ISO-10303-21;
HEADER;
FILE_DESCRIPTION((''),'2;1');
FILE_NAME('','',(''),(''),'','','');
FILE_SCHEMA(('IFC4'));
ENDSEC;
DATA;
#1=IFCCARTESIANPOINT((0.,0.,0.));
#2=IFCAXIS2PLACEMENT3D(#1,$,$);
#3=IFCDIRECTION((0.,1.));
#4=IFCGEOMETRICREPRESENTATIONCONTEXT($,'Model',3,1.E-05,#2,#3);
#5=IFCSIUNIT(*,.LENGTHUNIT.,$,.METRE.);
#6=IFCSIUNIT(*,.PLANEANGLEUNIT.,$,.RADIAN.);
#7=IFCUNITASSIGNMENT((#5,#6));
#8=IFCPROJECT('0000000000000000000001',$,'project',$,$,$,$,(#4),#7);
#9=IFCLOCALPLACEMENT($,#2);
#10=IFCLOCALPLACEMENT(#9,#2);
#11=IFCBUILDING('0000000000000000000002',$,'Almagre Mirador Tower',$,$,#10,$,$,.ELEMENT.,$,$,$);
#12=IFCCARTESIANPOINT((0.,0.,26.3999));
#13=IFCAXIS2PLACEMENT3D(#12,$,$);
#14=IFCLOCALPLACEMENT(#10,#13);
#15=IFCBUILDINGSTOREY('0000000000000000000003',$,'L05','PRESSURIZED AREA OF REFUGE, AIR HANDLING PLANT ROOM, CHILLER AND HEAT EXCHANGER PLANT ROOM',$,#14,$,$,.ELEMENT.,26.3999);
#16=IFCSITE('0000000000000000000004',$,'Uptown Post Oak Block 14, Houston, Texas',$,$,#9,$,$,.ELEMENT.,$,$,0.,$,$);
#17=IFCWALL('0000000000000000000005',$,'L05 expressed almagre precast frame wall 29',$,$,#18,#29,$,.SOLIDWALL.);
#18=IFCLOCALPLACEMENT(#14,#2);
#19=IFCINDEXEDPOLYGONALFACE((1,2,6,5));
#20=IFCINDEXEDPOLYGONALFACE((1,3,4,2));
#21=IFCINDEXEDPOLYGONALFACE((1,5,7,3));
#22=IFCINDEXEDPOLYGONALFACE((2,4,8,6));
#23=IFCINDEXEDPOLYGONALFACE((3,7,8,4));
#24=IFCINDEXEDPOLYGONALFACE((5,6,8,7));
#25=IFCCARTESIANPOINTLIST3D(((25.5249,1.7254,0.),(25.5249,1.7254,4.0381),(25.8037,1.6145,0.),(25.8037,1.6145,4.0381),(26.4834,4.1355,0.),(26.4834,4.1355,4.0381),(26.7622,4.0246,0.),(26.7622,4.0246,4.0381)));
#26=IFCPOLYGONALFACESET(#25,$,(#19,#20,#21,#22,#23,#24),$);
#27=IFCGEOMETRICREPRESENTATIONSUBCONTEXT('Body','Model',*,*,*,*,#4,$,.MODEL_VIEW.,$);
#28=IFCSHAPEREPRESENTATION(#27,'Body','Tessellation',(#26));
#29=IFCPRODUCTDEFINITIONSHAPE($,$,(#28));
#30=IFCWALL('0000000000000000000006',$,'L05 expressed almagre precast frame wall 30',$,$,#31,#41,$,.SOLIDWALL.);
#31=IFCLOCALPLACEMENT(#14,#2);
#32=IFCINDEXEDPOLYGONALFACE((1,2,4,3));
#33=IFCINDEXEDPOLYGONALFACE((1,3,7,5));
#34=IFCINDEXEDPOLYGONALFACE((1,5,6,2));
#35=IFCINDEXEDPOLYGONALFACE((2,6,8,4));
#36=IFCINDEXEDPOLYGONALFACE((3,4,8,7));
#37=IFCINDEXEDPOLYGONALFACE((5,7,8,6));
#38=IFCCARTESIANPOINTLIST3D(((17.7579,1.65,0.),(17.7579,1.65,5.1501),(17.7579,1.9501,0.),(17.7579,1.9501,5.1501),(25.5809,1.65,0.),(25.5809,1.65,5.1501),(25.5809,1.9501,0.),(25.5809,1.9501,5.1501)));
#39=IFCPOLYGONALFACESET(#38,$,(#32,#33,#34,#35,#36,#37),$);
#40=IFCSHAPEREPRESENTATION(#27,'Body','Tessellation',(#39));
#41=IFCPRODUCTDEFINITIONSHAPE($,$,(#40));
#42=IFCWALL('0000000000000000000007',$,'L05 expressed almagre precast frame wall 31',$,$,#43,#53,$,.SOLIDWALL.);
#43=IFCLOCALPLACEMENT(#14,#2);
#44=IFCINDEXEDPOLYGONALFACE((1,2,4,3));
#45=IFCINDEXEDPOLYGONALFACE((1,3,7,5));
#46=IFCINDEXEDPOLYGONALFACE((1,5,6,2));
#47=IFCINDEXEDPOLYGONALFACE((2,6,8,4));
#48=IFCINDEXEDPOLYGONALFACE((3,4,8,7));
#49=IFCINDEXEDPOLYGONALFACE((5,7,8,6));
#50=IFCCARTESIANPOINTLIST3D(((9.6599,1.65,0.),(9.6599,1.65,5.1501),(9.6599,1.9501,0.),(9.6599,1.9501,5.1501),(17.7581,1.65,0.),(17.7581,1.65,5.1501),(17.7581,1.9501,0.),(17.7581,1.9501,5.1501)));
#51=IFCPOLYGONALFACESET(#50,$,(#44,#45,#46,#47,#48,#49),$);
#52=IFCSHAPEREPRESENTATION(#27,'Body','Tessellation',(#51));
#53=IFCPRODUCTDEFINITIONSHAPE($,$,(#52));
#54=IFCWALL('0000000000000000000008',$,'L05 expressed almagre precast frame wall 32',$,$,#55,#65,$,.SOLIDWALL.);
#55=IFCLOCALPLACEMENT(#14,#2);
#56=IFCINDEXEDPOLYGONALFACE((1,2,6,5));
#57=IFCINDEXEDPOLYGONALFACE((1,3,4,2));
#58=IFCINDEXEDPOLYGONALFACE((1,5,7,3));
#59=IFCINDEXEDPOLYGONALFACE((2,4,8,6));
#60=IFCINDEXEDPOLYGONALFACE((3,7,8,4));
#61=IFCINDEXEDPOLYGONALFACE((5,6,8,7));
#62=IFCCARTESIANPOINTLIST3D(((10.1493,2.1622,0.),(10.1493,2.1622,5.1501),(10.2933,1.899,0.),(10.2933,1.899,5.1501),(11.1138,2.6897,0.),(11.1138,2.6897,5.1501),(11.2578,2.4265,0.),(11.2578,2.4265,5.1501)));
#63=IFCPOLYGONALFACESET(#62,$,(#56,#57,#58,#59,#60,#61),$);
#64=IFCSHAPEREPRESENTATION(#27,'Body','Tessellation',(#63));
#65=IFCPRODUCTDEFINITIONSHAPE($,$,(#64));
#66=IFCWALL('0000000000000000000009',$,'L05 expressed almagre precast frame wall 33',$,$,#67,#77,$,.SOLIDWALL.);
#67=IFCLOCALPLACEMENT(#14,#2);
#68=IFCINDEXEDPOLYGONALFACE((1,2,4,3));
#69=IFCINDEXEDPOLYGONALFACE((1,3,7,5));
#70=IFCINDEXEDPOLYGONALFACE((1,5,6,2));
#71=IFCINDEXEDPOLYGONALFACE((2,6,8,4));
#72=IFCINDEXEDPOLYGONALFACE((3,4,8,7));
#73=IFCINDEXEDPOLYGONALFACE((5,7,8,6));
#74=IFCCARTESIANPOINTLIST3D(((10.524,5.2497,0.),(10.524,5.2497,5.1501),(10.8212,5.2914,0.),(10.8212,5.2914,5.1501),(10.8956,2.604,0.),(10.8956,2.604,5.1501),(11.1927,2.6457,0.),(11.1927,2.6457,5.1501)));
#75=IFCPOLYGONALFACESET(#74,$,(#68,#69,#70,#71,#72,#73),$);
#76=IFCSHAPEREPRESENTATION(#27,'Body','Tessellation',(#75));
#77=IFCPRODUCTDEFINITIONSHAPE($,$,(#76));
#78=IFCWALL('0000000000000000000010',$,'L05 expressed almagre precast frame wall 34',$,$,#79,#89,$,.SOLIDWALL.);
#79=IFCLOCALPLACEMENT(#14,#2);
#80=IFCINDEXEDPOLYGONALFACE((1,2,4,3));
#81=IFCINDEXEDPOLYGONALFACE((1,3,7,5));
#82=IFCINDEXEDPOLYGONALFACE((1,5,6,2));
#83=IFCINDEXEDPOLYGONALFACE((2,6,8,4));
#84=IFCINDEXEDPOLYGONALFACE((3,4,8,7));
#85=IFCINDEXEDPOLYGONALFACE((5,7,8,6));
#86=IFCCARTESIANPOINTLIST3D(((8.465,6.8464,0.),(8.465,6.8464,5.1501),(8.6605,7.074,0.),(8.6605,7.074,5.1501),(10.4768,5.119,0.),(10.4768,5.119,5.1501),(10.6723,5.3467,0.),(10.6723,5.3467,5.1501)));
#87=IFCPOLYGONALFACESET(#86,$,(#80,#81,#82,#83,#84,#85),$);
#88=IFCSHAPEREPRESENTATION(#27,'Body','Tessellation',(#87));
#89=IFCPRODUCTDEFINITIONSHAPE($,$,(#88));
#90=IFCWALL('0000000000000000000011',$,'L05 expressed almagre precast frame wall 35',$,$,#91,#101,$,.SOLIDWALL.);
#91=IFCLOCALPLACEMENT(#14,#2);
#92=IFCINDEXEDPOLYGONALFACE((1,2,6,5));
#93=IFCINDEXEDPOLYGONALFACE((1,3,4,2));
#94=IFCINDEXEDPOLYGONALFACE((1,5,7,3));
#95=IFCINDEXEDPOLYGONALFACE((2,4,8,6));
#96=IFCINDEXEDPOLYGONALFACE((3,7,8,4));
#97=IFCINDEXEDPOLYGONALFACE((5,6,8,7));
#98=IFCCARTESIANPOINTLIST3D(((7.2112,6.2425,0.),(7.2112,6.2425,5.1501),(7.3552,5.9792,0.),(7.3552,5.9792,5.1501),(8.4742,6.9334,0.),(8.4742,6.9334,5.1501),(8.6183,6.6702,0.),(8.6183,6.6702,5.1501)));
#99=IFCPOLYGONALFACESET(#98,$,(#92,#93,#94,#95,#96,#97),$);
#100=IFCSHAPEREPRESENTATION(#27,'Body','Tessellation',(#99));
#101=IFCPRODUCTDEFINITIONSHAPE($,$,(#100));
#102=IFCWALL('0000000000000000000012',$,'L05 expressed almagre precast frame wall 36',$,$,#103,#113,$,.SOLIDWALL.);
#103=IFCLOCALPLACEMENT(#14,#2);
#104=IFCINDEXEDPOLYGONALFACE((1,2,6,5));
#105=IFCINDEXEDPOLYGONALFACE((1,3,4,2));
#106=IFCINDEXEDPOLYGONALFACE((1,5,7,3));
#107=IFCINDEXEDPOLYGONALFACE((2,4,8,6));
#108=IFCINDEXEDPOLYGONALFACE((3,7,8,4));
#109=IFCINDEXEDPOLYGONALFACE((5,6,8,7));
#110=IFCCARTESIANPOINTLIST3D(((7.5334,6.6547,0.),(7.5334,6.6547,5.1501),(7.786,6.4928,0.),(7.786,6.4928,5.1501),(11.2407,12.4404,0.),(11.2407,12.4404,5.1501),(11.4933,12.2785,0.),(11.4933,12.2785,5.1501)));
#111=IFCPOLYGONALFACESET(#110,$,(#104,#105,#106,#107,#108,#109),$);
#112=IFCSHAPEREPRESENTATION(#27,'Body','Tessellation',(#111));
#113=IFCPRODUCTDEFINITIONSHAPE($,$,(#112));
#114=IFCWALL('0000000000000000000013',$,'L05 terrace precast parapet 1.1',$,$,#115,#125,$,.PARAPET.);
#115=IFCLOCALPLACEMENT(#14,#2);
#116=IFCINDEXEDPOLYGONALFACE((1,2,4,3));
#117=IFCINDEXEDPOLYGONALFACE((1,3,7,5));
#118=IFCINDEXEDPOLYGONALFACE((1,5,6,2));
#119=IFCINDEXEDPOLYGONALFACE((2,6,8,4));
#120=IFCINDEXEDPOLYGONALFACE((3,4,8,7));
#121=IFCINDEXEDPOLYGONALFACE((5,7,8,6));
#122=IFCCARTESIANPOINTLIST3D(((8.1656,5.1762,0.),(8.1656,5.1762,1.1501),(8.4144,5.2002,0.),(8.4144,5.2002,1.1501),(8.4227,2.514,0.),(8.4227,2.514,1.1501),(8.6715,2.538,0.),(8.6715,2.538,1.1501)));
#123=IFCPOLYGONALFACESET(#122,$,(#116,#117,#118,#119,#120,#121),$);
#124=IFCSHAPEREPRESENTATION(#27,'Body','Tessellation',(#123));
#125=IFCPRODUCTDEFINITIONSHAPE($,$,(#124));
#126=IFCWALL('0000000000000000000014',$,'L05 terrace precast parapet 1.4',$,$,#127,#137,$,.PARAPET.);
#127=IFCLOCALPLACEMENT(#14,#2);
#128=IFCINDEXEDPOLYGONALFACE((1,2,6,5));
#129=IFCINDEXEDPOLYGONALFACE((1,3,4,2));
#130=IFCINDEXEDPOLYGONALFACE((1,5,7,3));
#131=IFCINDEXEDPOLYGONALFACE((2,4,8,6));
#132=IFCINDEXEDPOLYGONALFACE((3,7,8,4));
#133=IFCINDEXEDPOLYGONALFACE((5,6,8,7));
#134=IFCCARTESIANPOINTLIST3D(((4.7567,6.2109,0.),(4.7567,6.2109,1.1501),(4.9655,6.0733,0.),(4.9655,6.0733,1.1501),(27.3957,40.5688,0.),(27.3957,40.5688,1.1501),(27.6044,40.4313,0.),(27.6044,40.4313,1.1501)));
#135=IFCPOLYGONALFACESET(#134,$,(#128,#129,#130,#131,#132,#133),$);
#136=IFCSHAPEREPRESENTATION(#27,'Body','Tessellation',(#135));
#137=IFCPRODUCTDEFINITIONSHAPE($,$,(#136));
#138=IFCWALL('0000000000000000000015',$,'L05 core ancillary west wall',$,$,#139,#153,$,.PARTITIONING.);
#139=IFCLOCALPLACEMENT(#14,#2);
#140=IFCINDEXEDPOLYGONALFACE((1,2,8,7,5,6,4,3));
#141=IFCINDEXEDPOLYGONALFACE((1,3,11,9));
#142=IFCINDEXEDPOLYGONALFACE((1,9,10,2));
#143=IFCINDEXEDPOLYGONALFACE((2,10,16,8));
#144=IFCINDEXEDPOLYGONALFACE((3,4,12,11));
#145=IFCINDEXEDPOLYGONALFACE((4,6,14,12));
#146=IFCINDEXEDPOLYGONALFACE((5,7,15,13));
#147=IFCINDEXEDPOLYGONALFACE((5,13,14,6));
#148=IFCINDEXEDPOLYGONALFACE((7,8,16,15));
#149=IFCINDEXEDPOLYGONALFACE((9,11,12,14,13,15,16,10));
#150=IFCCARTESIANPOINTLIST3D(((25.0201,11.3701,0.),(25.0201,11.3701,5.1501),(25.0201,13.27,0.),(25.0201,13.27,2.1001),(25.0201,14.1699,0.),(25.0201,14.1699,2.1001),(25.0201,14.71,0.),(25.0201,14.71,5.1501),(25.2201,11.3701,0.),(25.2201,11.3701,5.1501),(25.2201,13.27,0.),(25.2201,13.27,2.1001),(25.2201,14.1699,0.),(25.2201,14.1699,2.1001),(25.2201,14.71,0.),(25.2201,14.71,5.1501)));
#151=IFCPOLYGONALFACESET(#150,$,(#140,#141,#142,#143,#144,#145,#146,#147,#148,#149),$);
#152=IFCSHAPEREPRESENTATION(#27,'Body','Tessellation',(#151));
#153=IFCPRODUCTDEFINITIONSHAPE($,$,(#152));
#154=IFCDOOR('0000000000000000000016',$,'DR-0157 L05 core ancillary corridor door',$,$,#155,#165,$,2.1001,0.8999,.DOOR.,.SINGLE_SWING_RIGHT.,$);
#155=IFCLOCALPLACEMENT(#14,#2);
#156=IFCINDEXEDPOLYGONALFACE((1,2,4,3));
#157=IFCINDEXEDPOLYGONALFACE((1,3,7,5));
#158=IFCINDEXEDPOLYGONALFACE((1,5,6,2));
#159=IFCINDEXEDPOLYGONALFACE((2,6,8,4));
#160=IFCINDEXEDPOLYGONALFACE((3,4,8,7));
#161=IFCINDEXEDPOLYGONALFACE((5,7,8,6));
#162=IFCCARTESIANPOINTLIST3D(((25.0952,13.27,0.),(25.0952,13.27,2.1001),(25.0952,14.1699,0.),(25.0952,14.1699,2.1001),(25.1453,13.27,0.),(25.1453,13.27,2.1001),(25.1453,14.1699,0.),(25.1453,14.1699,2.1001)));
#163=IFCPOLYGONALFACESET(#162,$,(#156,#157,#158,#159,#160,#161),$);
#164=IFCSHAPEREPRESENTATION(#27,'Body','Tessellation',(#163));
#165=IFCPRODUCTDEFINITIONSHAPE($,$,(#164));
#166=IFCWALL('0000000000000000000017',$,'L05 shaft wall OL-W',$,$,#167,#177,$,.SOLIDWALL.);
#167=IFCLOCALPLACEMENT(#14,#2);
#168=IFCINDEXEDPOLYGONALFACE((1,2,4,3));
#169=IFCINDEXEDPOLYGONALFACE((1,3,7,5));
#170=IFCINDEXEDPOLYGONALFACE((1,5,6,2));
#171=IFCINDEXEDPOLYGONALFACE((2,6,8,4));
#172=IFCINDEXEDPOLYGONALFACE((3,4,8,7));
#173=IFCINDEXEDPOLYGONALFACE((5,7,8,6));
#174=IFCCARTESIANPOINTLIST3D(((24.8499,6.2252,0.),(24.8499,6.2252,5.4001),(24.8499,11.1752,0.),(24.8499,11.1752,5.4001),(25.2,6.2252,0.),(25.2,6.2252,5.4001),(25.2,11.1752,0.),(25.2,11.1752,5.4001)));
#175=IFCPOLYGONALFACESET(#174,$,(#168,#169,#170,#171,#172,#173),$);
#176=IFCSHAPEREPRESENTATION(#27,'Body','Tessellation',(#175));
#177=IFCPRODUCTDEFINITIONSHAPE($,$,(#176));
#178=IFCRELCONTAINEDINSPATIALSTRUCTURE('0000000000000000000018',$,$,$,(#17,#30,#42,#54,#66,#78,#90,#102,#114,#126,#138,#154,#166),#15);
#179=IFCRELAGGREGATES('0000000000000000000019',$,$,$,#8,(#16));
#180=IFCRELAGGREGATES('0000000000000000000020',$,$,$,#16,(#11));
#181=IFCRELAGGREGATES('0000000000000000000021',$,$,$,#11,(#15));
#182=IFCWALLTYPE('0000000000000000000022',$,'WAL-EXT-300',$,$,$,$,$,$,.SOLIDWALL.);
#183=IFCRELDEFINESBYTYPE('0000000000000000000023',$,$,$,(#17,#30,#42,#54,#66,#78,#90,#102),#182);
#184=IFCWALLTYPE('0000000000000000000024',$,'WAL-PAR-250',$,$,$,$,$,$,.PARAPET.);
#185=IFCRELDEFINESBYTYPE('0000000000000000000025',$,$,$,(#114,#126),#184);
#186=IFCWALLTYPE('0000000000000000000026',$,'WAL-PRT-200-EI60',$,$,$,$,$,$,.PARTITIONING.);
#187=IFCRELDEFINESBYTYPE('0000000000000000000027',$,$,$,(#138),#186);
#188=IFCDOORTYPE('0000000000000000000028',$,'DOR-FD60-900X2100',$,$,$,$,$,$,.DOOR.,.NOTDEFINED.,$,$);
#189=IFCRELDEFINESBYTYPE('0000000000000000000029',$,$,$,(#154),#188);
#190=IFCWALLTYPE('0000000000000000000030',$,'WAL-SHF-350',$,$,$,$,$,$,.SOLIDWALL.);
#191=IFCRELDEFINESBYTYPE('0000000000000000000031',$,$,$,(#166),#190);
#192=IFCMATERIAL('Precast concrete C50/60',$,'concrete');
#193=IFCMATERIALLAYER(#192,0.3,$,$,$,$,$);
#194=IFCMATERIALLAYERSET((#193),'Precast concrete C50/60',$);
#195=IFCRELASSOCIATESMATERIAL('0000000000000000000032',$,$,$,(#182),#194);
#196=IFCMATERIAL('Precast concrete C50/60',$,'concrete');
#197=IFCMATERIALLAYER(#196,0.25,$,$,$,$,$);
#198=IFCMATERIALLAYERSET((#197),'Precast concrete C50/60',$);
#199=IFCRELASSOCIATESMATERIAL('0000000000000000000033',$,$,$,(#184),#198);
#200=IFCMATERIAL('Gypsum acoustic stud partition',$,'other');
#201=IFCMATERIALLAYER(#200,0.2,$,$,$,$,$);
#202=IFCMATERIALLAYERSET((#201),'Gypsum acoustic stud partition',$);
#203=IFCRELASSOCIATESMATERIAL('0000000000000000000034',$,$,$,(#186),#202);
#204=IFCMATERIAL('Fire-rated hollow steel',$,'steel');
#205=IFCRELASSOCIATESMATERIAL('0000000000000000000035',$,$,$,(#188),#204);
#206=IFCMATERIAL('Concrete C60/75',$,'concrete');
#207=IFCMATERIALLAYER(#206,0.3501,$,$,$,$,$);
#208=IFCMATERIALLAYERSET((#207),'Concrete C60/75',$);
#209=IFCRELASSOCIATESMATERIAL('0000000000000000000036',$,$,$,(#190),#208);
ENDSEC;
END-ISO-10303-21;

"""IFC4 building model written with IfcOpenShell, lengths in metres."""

from ifc_helpers import new_model, si_unit, direction, frame, frame_2d, origin, place, context, subcontext, project, spatial, rectangle, extrude, material, layer, layer_set, type_object, element, fill, save


model = new_model("IFC4")

# Units and contexts
model_context = context("Model", 3, precision=1e-05, world=origin(), true_north=direction((0.0, 1.0)))
body_context = subcontext(model_context, "Body", "Model", "MODEL_VIEW")
ifc_project = project(units=[si_unit("LENGTHUNIT", "METRE"), si_unit("PLANEANGLEUNIT", "RADIAN")], contexts=[model_context])

# Site, building, storey
site_placement = place(None, origin())
site = spatial("IfcSite", under=ifc_project, at=site_placement, Name="Uptown Post Oak Block 14, Houston, Texas", CompositionType="ELEMENT", RefElevation=0.0)
building_placement = place(site_placement, origin())
building = spatial("IfcBuilding", under=site, at=building_placement, Name="Almagre Mirador Tower", CompositionType="ELEMENT")
storey_placement = place(building_placement, frame((0.0, 0.0, 26.3999)))
storey = spatial("IfcBuildingStorey", under=building, at=storey_placement, Name="L05", Description="PRESSURIZED AREA OF REFUGE, AIR HANDLING PLANT ROOM, CHILLER AND HEAT EXCHANGER PLANT ROOM", CompositionType="ELEMENT", Elevation=26.3999)

# Walls
ifc_material_1 = material(Name="Precast concrete C50/60", Category="concrete")
ifc_layer_1 = layer(ifc_material_1, 0.3)
ifc_layer_set_1 = layer_set([ifc_layer_1], Name="Precast concrete C50/60")
wall_type_1 = type_object("IfcWallType", Name="WAL-EXT-300", PredefinedType="SOLIDWALL", material=ifc_layer_set_1)
wall_1_placement = place(storey_placement, frame((26.6228, 4.0801, 0.0), z_axis=(0.0, 0.0, 1.0), x_axis=(-0.36954, -0.929215, 0.0)))
element("IfcWall", 1, at=wall_1_placement, inside=storey, type_object=wall_type_1, Name="L05 expressed almagre precast frame wall 29", PredefinedType="SOLIDWALL", context=body_context, shape_type="SweptSolid", body=[
    extrude(rectangle(XDim=2.5938, YDim=0.3, at=frame_2d((1.2969, 0.0))), origin(), (0.0, 0.0, 1.0), 4.0381),
])
wall_2_placement = place(storey_placement, frame((25.5811, 1.8, 0.0), z_axis=(0.0, 0.0, 1.0), x_axis=(-1.0, 0.0, 0.0)))
element("IfcWall", 2, at=wall_2_placement, inside=storey, type_object=wall_type_1, Name="L05 expressed almagre precast frame wall 30", PredefinedType="SOLIDWALL", context=body_context, shape_type="SweptSolid", body=[
    extrude(rectangle(XDim=7.823, YDim=0.3, at=frame_2d((3.9116, 0.0))), origin(), (0.0, 0.0, 1.0), 5.1501),
])
wall_3_placement = place(storey_placement, frame((17.7581, 1.8, 0.0), z_axis=(0.0, 0.0, 1.0), x_axis=(-1.0, 0.0, 0.0)))
element("IfcWall", 3, at=wall_3_placement, inside=storey, type_object=wall_type_1, Name="L05 expressed almagre precast frame wall 31", PredefinedType="SOLIDWALL", context=body_context, shape_type="SweptSolid", body=[
    extrude(rectangle(XDim=8.0981, YDim=0.3, at=frame_2d((4.0491, 0.0))), origin(), (0.0, 0.0, 1.0), 5.1501),
])
wall_4_placement = place(storey_placement, frame((10.2212, 2.0305, 0.0), z_axis=(0.0, 0.0, 1.0), x_axis=(0.877343, 0.479863, 0.0)))
element("IfcWall", 4, at=wall_4_placement, inside=storey, type_object=wall_type_1, Name="L05 expressed almagre precast frame wall 32", PredefinedType="SOLIDWALL", context=body_context, shape_type="SweptSolid", body=[
    extrude(rectangle(XDim=1.0994, YDim=0.3, at=frame_2d((0.5498, 0.0))), origin(), (0.0, 0.0, 1.0), 5.1501),
])
wall_5_placement = place(storey_placement, frame((11.0442, 2.6248, 0.0), z_axis=(0.0, 0.0, 1.0), x_axis=(-0.13908, 0.990281, 0.0)))
element("IfcWall", 5, at=wall_5_placement, inside=storey, type_object=wall_type_1, Name="L05 expressed almagre precast frame wall 33", PredefinedType="SOLIDWALL", context=body_context, shape_type="SweptSolid", body=[
    extrude(rectangle(XDim=2.6716, YDim=0.3, at=frame_2d((1.3359, 0.0))), origin(), (0.0, 0.0, 1.0), 5.1501),
])
wall_6_placement = place(storey_placement, frame((10.5745, 5.2329, 0.0), z_axis=(0.0, 0.0, 1.0), x_axis=(-0.758704, 0.651436, 0.0)))
element("IfcWall", 6, at=wall_6_placement, inside=storey, type_object=wall_type_1, Name="L05 expressed almagre precast frame wall 34", PredefinedType="SOLIDWALL", context=body_context, shape_type="SweptSolid", body=[
    extrude(rectangle(XDim=2.6516, YDim=0.3, at=frame_2d((1.3257, 0.0))), origin(), (0.0, 0.0, 1.0), 5.1501),
])
wall_7_placement = place(storey_placement, frame((8.5461, 6.8018, 0.0), z_axis=(0.0, 0.0, 1.0), x_axis=(-0.877299, -0.479945, 0.0)))
element("IfcWall", 7, at=wall_7_placement, inside=storey, type_object=wall_type_1, Name="L05 expressed almagre precast frame wall 35", PredefinedType="SOLIDWALL", context=body_context, shape_type="SweptSolid", body=[
    extrude(rectangle(XDim=1.4397, YDim=0.3, at=frame_2d((0.7197, 0.0))), origin(), (0.0, 0.0, 1.0), 5.1501),
])
wall_8_placement = place(storey_placement, frame((7.6597, 6.5737, 0.0), z_axis=(0.0, 0.0, 1.0), x_axis=(0.539514, 0.841976, 0.0)))
element("IfcWall", 8, at=wall_8_placement, inside=storey, type_object=wall_type_1, Name="L05 expressed almagre precast frame wall 36", PredefinedType="SOLIDWALL", context=body_context, shape_type="SweptSolid", body=[
    extrude(rectangle(XDim=6.8716, YDim=0.3, at=frame_2d((3.4358, 0.0))), origin(), (0.0, 0.0, 1.0), 5.1501),
])
ifc_material_2 = material(Name="Precast concrete C50/60", Category="concrete")
ifc_layer_2 = layer(ifc_material_2, 0.25)
ifc_layer_set_2 = layer_set([ifc_layer_2], Name="Precast concrete C50/60")
wall_type_2 = type_object("IfcWallType", Name="WAL-PAR-250", PredefinedType="PARAPET", material=ifc_layer_set_2)
wall_9_placement = place(storey_placement, frame((8.5471, 2.5259, 0.0), z_axis=(0.0, 0.0, 1.0), x_axis=(-0.096123, 0.995369, 0.0)))
element("IfcWall", 9, at=wall_9_placement, inside=storey, type_object=wall_type_2, Name="L05 terrace precast parapet 1.1", PredefinedType="PARAPET", context=body_context, shape_type="SweptSolid", body=[
    extrude(rectangle(XDim=2.6746, YDim=0.25, at=frame_2d((1.3374, 0.0))), origin(), (0.0, 0.0, 1.0), 1.1501),
])
wall_10_placement = place(storey_placement, frame((4.8611, 6.1421, 0.0), z_axis=(0.0, 0.0, 1.0), x_axis=(0.550211, 0.835026, 0.0)))
element("IfcWall", 10, at=wall_10_placement, inside=storey, type_object=wall_type_2, Name="L05 terrace precast parapet 1.4", PredefinedType="PARAPET", context=body_context, shape_type="SweptSolid", body=[
    extrude(rectangle(XDim=41.146, YDim=0.25, at=frame_2d((20.573, 0.0))), origin(), (0.0, 0.0, 1.0), 1.1501),
])

# Wall, opening, door
ifc_material_3 = material(Name="Gypsum acoustic stud partition", Category="other")
ifc_layer_3 = layer(ifc_material_3, 0.2)
ifc_layer_set_3 = layer_set([ifc_layer_3], Name="Gypsum acoustic stud partition")
wall_type_3 = type_object("IfcWallType", Name="WAL-PRT-200-EI60", PredefinedType="PARTITIONING", material=ifc_layer_set_3)
wall_11_placement = place(storey_placement, frame((25.1201, 11.3701, 0.0), z_axis=(0.0, 0.0, 1.0), x_axis=(0.0, 1.0, 0.0)))
wall_11 = element("IfcWall", 11, at=wall_11_placement, inside=storey, type_object=wall_type_3, Name="L05 core ancillary west wall", PredefinedType="PARTITIONING", context=body_context, shape_type="SweptSolid", body=[
    extrude(rectangle(XDim=3.3398, YDim=0.2, at=frame_2d((1.6699, 0.0))), origin(), (0.0, 0.0, 1.0), 5.1501),
])
opening_placement = place(wall_11_placement, frame((1.8999, 0.0, 0.0)))
opening = element("IfcOpeningElement", 12, at=opening_placement, cuts=wall_11, PredefinedType="OPENING", context=body_context, shape_type="SweptSolid", body=[
    extrude(rectangle(XDim=0.8999, YDim=2.1001, at=frame_2d((0.45, 1.05))), frame((0.0, 0.1101, 0.0), z_axis=(0.0, -1.0, 0.0), x_axis=(1.0, 0.0, 0.0)), (0.0, 0.0, 1.0), 0.22),
])
ifc_material_4 = material(Name="Fire-rated hollow steel", Category="steel")
door_type = type_object("IfcDoorType", Name="DOR-FD60-900X2100", OperationType="NOTDEFINED", PredefinedType="DOOR", material=ifc_material_4)
door_placement = place(opening_placement, origin())
door = element("IfcDoor", 13, at=door_placement, inside=storey, type_object=door_type, Name="DR-0157 L05 core ancillary corridor door", OperationType="SINGLE_SWING_RIGHT", OverallHeight=2.1001, OverallWidth=0.8999, PredefinedType="DOOR", context=body_context, shape_type="SweptSolid", body=[
    extrude(rectangle(XDim=0.8999, YDim=2.1001, at=frame_2d((0.45, 1.05))), frame((0.0, 0.0249, 0.0), z_axis=(0.0, -1.0, 0.0), x_axis=(1.0, 0.0, 0.0)), (0.0, 0.0, 1.0), 0.05),
])
fill(opening, door)

# Wall
ifc_material_5 = material(Name="Concrete C60/75", Category="concrete")
ifc_layer_4 = layer(ifc_material_5, 0.3501)
ifc_layer_set_4 = layer_set([ifc_layer_4], Name="Concrete C60/75")
wall_type_4 = type_object("IfcWallType", Name="WAL-SHF-350", PredefinedType="SOLIDWALL", material=ifc_layer_set_4)
wall_12_placement = place(storey_placement, frame((25.0249, 6.2251, 0.0), z_axis=(0.0, 0.0, 1.0), x_axis=(0.0, 1.0, 0.0)))
element("IfcWall", 14, at=wall_12_placement, inside=storey, type_object=wall_type_4, Name="L05 shaft wall OL-W", PredefinedType="SOLIDWALL", context=body_context, shape_type="SweptSolid", body=[
    extrude(rectangle(XDim=4.95, YDim=0.3501, at=frame_2d((2.4751, 0.0))), origin(), (0.0, 0.0, 1.0), 5.4001),
])

save(model, "model.ifc")
